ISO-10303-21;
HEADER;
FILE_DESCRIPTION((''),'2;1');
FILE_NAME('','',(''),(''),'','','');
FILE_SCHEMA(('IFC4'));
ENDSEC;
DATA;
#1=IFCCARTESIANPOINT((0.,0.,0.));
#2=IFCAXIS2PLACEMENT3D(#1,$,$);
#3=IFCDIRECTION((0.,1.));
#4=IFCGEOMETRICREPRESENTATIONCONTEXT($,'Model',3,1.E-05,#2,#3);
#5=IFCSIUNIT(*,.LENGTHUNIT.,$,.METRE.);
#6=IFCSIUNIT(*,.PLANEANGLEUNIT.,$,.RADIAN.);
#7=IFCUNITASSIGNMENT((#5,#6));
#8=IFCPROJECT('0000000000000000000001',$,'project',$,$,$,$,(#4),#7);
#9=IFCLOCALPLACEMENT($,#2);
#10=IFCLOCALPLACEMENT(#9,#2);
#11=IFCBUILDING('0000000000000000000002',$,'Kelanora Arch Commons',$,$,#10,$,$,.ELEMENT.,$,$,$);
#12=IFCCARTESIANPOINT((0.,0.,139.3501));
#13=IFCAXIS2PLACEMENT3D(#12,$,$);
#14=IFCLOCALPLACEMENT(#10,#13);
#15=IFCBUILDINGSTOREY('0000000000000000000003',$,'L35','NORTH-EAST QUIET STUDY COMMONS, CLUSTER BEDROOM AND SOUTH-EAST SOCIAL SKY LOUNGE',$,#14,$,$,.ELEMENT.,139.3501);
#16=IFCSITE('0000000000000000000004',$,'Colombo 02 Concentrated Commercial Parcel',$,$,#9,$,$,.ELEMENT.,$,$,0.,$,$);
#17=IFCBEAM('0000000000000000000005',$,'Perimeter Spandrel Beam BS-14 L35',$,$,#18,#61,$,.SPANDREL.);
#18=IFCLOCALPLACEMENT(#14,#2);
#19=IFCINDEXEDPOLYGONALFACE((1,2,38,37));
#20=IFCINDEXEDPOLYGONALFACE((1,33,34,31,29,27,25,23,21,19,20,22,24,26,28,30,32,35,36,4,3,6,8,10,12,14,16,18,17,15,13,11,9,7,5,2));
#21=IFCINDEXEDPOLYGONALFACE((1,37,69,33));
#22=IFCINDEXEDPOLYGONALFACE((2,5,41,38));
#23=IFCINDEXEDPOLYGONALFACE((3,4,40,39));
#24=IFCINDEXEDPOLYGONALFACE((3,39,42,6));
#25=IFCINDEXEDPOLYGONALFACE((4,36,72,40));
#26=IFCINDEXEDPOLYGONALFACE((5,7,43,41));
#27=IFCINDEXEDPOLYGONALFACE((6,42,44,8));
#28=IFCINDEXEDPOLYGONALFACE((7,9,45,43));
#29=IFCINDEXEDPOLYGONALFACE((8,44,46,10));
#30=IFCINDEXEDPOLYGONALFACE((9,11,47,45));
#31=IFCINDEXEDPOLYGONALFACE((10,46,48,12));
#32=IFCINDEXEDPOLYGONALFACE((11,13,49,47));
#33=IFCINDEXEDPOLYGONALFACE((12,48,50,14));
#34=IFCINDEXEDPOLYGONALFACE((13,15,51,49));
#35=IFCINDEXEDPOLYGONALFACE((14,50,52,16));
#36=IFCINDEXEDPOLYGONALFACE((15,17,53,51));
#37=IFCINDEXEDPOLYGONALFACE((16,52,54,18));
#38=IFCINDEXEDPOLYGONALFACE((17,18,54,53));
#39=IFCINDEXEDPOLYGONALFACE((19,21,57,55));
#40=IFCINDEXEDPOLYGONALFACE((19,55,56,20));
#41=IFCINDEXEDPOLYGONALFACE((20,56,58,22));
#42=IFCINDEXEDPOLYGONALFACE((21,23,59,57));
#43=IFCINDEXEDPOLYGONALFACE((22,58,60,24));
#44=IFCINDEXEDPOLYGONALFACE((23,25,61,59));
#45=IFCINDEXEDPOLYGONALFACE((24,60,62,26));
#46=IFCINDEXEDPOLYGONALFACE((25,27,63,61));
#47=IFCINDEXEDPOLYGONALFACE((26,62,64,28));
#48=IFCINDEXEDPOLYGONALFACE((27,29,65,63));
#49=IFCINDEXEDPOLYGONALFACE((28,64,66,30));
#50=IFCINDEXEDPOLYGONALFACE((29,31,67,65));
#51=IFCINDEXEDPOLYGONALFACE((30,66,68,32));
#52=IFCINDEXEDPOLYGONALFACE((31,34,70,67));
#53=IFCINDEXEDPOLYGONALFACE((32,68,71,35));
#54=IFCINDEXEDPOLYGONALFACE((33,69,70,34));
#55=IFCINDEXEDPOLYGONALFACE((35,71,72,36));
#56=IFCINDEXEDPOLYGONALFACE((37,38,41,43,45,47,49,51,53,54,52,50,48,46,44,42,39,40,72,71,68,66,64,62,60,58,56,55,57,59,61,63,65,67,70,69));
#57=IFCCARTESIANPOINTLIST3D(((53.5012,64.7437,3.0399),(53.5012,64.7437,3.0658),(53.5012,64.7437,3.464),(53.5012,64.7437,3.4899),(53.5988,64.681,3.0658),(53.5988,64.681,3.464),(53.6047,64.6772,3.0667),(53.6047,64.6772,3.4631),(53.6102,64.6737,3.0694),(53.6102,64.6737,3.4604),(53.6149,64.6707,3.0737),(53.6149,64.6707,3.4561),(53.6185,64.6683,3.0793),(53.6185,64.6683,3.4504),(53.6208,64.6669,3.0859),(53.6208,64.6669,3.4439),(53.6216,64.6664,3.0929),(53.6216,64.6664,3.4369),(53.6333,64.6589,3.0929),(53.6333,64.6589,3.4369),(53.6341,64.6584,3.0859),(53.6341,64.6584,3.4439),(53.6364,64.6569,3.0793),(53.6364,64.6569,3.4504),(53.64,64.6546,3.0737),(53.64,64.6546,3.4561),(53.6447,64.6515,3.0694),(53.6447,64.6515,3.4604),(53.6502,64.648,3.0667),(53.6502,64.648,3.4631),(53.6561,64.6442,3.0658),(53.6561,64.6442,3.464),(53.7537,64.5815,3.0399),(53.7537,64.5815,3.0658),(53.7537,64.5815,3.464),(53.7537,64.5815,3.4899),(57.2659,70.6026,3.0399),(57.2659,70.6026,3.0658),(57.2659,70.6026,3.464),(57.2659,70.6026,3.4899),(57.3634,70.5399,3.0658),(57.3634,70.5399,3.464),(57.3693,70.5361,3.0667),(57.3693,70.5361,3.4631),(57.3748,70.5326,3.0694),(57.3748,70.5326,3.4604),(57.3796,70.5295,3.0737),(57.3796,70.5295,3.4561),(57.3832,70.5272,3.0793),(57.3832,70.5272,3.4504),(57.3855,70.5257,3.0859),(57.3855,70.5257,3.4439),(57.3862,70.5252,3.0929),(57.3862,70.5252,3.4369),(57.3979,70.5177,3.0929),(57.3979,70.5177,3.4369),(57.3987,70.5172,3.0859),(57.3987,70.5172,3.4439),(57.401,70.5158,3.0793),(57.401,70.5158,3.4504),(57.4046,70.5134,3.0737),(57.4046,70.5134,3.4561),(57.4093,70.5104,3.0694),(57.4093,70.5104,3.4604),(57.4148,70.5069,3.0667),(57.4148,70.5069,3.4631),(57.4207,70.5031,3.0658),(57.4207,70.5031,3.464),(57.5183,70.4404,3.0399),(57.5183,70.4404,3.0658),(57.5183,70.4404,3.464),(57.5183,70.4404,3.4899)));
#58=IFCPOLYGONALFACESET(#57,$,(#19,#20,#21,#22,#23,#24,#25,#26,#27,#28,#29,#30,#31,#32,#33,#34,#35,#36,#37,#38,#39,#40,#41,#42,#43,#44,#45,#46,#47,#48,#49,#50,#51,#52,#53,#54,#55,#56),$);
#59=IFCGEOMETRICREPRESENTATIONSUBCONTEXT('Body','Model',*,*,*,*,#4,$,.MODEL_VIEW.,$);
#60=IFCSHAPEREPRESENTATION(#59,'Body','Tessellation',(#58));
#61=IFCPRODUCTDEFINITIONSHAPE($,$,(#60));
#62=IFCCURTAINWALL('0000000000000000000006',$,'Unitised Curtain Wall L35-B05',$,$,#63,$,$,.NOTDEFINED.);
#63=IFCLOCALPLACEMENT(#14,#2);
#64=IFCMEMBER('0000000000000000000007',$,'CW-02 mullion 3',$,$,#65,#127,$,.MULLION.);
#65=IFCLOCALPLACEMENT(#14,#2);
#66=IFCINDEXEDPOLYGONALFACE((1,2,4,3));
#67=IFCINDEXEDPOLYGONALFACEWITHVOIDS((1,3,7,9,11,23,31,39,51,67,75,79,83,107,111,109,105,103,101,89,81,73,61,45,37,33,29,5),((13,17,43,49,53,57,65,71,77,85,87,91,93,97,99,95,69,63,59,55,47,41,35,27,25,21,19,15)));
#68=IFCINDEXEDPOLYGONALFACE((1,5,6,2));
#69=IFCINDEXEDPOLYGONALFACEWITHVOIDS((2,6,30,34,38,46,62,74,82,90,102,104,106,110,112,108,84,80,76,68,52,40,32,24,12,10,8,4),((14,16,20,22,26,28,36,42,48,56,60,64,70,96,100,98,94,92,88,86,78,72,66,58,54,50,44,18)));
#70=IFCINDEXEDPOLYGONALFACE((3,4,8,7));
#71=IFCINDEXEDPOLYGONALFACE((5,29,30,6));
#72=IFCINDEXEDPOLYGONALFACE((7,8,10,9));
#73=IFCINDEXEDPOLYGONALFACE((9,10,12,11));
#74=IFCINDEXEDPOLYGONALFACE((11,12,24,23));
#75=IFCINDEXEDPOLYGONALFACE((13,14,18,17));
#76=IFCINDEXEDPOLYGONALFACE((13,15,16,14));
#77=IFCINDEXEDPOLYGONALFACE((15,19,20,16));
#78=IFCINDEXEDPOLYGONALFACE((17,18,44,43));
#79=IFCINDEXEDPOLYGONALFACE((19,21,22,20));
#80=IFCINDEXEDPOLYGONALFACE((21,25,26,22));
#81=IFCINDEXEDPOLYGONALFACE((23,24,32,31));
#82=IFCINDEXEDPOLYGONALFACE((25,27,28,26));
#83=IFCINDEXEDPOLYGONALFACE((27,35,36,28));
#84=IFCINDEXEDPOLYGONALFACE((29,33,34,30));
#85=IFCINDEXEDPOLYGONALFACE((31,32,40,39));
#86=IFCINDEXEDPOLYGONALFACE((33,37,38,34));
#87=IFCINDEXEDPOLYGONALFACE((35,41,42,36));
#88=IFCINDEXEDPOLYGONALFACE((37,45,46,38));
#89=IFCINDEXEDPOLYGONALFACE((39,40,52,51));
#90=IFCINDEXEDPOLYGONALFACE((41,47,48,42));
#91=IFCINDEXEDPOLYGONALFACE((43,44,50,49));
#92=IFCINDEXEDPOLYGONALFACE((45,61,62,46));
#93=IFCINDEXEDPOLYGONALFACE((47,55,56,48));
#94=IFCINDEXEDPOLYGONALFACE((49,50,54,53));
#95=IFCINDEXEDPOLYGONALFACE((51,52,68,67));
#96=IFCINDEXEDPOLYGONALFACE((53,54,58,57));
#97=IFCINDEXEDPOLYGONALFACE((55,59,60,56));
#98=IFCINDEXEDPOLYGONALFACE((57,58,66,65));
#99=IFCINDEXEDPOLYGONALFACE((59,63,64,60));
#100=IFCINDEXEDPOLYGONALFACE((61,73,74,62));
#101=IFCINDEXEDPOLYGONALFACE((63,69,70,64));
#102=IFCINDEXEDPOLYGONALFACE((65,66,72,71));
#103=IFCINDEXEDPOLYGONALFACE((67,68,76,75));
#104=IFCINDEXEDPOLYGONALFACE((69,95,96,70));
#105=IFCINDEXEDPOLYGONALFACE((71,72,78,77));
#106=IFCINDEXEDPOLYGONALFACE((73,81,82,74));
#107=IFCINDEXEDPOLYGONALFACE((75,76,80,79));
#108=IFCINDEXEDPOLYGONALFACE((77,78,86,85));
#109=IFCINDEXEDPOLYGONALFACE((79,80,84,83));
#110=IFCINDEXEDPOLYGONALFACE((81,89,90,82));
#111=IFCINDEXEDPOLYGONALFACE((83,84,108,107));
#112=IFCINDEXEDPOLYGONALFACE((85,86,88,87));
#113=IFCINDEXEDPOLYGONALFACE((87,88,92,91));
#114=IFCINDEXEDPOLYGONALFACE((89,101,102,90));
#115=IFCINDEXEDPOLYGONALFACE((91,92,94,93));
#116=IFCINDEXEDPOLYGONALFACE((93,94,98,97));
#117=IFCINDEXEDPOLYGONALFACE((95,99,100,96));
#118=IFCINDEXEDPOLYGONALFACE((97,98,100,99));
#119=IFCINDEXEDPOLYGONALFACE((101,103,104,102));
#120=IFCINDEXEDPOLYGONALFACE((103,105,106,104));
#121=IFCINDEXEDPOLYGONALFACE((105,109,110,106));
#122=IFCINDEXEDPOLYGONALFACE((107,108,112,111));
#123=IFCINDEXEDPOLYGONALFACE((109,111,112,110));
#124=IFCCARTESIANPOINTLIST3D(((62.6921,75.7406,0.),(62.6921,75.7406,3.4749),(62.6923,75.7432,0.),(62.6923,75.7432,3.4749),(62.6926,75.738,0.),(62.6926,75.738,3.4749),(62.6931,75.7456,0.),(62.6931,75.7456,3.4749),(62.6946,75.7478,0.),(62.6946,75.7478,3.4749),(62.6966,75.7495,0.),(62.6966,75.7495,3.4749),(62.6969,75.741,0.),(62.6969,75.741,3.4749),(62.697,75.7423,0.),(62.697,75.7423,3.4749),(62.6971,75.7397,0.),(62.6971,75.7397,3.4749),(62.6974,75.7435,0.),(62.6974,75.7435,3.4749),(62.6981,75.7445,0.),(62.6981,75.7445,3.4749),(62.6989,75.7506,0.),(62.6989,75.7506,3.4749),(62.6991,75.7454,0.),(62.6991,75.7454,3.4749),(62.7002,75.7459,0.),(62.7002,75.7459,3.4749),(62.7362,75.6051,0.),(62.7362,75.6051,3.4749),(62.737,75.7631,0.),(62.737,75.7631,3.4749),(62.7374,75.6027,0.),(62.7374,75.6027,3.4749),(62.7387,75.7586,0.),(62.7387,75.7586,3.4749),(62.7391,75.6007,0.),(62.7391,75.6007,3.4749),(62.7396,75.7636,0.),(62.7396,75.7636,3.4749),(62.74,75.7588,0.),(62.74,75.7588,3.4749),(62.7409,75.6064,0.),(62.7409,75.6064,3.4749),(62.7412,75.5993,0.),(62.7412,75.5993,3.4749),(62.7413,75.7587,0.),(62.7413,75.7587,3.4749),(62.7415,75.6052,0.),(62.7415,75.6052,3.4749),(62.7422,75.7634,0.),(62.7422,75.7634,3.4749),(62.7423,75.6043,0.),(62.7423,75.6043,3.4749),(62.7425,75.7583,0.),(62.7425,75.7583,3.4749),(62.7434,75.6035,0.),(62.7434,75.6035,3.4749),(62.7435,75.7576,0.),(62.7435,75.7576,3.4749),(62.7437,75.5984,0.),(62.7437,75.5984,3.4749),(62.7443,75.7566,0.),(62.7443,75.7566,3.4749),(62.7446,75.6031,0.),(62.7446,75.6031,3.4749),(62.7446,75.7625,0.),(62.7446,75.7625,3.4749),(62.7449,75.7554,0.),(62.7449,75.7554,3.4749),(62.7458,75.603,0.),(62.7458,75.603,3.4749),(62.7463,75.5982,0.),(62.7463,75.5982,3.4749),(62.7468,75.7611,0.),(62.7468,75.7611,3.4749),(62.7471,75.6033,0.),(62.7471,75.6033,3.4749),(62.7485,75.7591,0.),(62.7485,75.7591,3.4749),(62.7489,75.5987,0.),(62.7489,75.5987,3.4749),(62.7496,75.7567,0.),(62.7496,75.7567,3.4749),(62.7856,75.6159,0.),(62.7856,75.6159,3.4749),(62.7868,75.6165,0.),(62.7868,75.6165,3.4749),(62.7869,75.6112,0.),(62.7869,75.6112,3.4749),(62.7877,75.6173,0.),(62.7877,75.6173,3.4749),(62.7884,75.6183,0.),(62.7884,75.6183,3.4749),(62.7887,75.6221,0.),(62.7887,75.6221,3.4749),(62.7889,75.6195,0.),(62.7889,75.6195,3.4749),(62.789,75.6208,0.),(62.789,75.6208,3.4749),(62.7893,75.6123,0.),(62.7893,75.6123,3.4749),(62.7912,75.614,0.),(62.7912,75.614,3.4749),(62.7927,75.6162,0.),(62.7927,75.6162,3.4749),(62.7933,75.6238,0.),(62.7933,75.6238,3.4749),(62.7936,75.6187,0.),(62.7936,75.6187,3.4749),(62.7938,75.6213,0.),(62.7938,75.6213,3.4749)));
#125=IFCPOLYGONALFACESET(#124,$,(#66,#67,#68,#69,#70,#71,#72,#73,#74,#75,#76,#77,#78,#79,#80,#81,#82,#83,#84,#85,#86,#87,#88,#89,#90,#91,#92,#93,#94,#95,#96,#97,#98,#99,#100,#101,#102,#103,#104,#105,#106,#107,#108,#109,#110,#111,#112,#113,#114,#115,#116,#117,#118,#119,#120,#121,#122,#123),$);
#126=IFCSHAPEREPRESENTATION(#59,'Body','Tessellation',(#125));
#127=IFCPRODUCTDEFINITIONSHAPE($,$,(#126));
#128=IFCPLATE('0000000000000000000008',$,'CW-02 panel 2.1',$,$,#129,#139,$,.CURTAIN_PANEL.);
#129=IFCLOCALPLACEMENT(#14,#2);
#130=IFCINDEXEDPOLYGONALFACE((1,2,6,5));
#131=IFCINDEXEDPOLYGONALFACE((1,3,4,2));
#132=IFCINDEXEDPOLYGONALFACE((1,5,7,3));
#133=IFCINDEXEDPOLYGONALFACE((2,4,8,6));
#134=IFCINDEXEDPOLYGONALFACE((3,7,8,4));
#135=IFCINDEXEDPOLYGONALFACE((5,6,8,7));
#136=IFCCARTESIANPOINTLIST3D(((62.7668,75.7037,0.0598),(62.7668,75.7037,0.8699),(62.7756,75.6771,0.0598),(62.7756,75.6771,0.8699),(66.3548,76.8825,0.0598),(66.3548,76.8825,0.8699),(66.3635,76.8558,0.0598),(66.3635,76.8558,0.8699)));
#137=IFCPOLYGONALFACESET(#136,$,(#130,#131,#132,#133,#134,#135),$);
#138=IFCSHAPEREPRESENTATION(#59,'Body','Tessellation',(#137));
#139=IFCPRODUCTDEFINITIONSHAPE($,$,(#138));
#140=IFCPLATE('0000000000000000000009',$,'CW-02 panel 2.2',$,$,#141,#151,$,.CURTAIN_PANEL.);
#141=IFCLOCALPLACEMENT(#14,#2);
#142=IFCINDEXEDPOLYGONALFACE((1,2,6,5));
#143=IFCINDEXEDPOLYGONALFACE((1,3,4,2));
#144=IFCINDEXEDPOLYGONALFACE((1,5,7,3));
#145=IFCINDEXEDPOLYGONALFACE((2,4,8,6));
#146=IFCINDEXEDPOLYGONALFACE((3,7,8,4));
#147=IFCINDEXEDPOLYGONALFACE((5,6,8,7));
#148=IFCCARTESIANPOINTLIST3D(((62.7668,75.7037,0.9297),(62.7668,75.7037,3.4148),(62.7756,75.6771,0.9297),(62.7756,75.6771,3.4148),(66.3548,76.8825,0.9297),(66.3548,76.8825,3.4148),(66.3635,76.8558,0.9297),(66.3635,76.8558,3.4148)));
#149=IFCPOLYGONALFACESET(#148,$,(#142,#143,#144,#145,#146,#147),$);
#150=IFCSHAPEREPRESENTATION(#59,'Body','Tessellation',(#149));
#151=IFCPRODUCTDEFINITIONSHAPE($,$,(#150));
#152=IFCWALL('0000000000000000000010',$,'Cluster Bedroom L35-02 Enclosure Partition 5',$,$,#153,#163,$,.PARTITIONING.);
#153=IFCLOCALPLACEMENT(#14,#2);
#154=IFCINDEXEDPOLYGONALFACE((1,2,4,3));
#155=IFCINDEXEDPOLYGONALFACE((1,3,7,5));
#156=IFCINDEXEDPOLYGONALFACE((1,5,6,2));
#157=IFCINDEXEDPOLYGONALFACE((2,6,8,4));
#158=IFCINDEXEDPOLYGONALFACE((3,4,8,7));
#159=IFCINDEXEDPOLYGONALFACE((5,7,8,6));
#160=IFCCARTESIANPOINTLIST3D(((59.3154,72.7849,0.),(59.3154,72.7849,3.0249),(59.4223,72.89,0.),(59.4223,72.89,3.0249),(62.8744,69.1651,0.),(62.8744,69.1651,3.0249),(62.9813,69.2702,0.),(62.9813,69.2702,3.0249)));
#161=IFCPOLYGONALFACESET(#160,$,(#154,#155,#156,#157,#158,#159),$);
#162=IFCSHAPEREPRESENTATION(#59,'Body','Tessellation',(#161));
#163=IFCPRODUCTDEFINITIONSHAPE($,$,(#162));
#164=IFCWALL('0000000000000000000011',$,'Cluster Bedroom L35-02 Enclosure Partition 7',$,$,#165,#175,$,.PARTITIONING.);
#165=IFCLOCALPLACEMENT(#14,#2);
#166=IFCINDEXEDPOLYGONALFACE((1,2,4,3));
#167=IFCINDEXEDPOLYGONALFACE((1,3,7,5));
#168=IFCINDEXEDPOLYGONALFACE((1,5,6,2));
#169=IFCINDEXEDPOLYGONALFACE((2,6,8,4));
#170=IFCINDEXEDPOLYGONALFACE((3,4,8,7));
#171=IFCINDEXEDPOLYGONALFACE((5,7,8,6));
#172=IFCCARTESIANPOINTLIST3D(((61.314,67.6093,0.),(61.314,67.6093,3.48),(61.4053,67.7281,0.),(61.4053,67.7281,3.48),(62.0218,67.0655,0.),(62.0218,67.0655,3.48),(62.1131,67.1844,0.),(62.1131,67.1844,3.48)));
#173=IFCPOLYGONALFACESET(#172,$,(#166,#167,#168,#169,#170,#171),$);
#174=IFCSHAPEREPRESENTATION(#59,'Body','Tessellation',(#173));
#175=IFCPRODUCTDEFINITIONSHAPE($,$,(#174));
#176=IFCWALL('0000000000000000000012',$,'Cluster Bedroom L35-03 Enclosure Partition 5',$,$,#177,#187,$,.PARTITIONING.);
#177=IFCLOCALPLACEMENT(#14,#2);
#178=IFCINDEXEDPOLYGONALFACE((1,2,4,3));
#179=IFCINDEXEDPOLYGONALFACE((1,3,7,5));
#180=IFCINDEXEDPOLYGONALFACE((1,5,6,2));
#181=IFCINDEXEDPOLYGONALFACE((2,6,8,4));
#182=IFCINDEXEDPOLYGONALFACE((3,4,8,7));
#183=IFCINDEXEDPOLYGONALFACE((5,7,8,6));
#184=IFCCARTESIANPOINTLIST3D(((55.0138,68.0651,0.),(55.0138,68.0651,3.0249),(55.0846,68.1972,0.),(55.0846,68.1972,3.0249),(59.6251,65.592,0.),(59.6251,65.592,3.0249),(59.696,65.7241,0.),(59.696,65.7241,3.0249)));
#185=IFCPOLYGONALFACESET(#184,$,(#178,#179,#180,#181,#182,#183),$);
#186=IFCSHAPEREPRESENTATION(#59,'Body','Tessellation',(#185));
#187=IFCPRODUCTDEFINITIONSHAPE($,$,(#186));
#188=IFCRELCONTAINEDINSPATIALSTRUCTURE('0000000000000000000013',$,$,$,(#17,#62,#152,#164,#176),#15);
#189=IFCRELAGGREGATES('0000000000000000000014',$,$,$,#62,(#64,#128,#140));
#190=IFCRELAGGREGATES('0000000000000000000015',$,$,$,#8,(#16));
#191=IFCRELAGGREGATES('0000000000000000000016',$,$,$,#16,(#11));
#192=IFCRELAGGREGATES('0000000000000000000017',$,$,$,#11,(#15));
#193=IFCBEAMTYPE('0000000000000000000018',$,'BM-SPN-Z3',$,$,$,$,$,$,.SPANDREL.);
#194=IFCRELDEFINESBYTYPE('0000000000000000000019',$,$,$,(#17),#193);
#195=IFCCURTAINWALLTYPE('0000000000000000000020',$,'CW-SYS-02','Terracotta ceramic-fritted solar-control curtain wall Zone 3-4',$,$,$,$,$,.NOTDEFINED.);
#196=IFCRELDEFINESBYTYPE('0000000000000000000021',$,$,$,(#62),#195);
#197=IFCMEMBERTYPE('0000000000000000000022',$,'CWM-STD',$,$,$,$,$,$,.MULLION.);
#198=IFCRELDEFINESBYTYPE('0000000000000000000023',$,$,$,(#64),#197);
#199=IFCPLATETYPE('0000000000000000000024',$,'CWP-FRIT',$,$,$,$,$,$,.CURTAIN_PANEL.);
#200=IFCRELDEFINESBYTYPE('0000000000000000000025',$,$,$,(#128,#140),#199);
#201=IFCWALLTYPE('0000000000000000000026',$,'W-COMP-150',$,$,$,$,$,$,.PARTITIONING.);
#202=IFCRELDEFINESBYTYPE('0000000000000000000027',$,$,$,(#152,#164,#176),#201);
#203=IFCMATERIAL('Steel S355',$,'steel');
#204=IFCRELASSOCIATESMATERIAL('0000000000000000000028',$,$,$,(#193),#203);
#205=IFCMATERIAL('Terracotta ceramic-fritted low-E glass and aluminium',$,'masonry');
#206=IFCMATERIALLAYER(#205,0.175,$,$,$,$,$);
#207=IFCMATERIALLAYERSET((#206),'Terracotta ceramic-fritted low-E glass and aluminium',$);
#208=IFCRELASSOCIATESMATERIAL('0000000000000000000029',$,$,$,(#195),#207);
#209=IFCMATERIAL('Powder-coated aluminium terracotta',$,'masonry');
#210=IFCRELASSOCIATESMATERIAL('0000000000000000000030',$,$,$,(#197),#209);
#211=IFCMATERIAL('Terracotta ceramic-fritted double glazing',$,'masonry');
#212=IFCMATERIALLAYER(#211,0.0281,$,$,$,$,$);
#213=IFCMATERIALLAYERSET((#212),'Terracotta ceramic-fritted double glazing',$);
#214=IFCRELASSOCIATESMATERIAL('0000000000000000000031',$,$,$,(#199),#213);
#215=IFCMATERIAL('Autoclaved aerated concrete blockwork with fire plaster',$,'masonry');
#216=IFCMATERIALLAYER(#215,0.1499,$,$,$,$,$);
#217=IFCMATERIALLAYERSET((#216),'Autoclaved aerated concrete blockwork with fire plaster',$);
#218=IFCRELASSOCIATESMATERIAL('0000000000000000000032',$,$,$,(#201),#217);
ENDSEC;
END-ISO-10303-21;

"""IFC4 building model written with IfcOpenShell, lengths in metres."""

from ifc_helpers import new_model, si_unit, direction, frame, frame_2d, origin, origin_2d, place, context, subcontext, project, spatial, rectangle, hollow_rectangle, i_section, extrude, source, transform, mapped, material, layer, layer_set, material_profile, profile_set, type_object, element, aggregate, save


model = new_model("IFC4")

# Units and contexts
model_context = context("Model", 3, precision=1e-05, world=origin(), true_north=direction((0.0, 1.0)))
body_context = subcontext(model_context, "Body", "Model", "MODEL_VIEW")
ifc_project = project(units=[si_unit("LENGTHUNIT", "METRE"), si_unit("PLANEANGLEUNIT", "RADIAN")], contexts=[model_context])

# Site, building, storey
site_placement = place(None, origin())
site = spatial("IfcSite", under=ifc_project, at=site_placement, Name="Colombo 02 Concentrated Commercial Parcel", CompositionType="ELEMENT", RefElevation=0.0)
building_placement = place(site_placement, origin())
building = spatial("IfcBuilding", under=site, at=building_placement, Name="Kelanora Arch Commons", CompositionType="ELEMENT")
storey_placement = place(building_placement, frame((0.0, 0.0, 139.3501)))
storey = spatial("IfcBuildingStorey", under=building, at=storey_placement, Name="L35", Description="NORTH-EAST QUIET STUDY COMMONS, CLUSTER BEDROOM AND SOUTH-EAST SOCIAL SKY LOUNGE", CompositionType="ELEMENT", Elevation=139.3501)

# Beam
ifc_material_1 = material(Name="Steel S355", Category="steel")
ifc_material_profile_1 = material_profile(ifc_material_1, i_section(OverallWidth=0.3, OverallDepth=0.45, WebThickness=0.0139, FlangeThickness=0.0259, FilletRadius=0.0271, at=origin_2d()), Name="HEB450")
ifc_profile_set_1 = profile_set([ifc_material_profile_1], Name="Steel S355")
beam_type_1 = type_object("IfcBeamType", Name="BM-SPN-Z3", PredefinedType="SPANDREL", material=ifc_profile_set_1)
beam_1_placement = place(storey_placement, frame((57.3921, 70.5215, 3.2649), z_axis=(-0.540577, -0.841295, 0.0), x_axis=(0.841295, -0.540577, 0.0)))
element("IfcBeam", 1, at=beam_1_placement, inside=storey, type_object=beam_type_1, Name="Perimeter Spandrel Beam BS-14 L35", PredefinedType="SPANDREL", context=body_context, shape_type="SweptSolid", body=[
    extrude(i_section(OverallWidth=0.3, OverallDepth=0.45, WebThickness=0.0139, FlangeThickness=0.0259, FilletRadius=0.0271, at=origin_2d()), origin(), (0.0, 0.0, 1.0), 6.9641),
])

# Curtain wall, member, plates
ifc_material_2 = material(Name="Terracotta ceramic-fritted low-E glass and aluminium", Category="masonry")
ifc_layer_1 = layer(ifc_material_2, 0.175)
ifc_layer_set_1 = layer_set([ifc_layer_1], Name="Terracotta ceramic-fritted low-E glass and aluminium")
curtain_wall_type = type_object("IfcCurtainWallType", Name="CW-SYS-02", Description="Terracotta ceramic-fritted solar-control curtain wall Zone 3-4", PredefinedType="NOTDEFINED", material=ifc_layer_set_1)
curtain_wall_placement = place(storey_placement, origin())
curtain_wall = element("IfcCurtainWall", 2, at=curtain_wall_placement, inside=storey, type_object=curtain_wall_type, Name="Unitised Curtain Wall L35-B05", PredefinedType="NOTDEFINED")
ifc_material_3 = material(Name="Powder-coated aluminium terracotta", Category="masonry")
ifc_material_profile_2 = material_profile(ifc_material_3, hollow_rectangle(XDim=0.1599, YDim=0.0601, WallThickness=0.0049, InnerFilletRadius=0.0049, OuterFilletRadius=0.01, at=origin_2d()), Name="CWM160x60")
ifc_profile_set_2 = profile_set([ifc_material_profile_2], Name="Powder-coated aluminium terracotta")
member_type = type_object("IfcMemberType", Name="CWM-STD", PredefinedType="MULLION", material=ifc_profile_set_2)
member_placement = place(storey_placement, frame((62.7429, 75.6809, 0.0), z_axis=(0.0, 0.0, 1.0), x_axis=(0.312128, -0.95004, 0.0)))
member = element("IfcMember", 3, at=member_placement, type_object=member_type, Name="CW-02 mullion 3", PredefinedType="MULLION", context=body_context, shape_type="SweptSolid", body=[
    extrude(hollow_rectangle(XDim=0.1599, YDim=0.0601, WallThickness=0.0049, InnerFilletRadius=0.0049, OuterFilletRadius=0.01, at=origin_2d()), origin(), (0.0, 0.0, 1.0), 3.4749),
])
ifc_material_4 = material(Name="Terracotta ceramic-fritted double glazing", Category="masonry")
ifc_layer_2 = layer(ifc_material_4, 0.0281)
ifc_layer_set_2 = layer_set([ifc_layer_2], Name="Terracotta ceramic-fritted double glazing")
plate_type = type_object("IfcPlateType", Name="CWP-FRIT", PredefinedType="CURTAIN_PANEL", material=ifc_layer_set_2)
shared_shape_1 = source(origin(), body_context, "Body", "SweptSolid", [
    extrude(rectangle(XDim=3.7766, YDim=0.0281, at=origin_2d()), origin(), (0.0, 0.0, 1.0), 0.8101),
])
plate_1_placement = place(storey_placement, frame((64.5652, 76.2798, 0.0598), z_axis=(0.0, 0.0, 1.0), x_axis=(-0.95004, -0.312128, 0.0)))
plate_1 = element("IfcPlate", 4, at=plate_1_placement, type_object=plate_type, Name="CW-02 panel 2.1", PredefinedType="CURTAIN_PANEL", context=body_context, shape_type="MappedRepresentation", body=[
    mapped(shared_shape_1, transform((0.0, 0.0, 0.0), scale=1.0)),
])
shared_shape_2 = source(origin(), body_context, "Body", "SweptSolid", [
    extrude(rectangle(XDim=3.7766, YDim=0.0281, at=origin_2d()), origin(), (0.0, 0.0, 1.0), 2.4851),
])
plate_2_placement = place(storey_placement, frame((64.5652, 76.2798, 0.9297), z_axis=(0.0, 0.0, 1.0), x_axis=(-0.95004, -0.312128, 0.0)))
plate_2 = element("IfcPlate", 5, at=plate_2_placement, type_object=plate_type, Name="CW-02 panel 2.2", PredefinedType="CURTAIN_PANEL", context=body_context, shape_type="MappedRepresentation", body=[
    mapped(shared_shape_2, transform((0.0, 0.0, 0.0), scale=1.0)),
])
aggregate(curtain_wall, [member, plate_1, plate_2])

# Walls
ifc_material_5 = material(Name="Autoclaved aerated concrete blockwork with fire plaster", Category="masonry")
ifc_layer_3 = layer(ifc_material_5, 0.1499)
ifc_layer_set_3 = layer_set([ifc_layer_3], Name="Autoclaved aerated concrete blockwork with fire plaster")
wall_type_1 = type_object("IfcWallType", Name="W-COMP-150", PredefinedType="PARTITIONING", material=ifc_layer_set_3)
wall_1_placement = place(storey_placement, frame((59.3689, 72.8374, 0.0), z_axis=(0.0, 0.0, 1.0), x_axis=(0.701094, -0.713069, 0.0)))
element("IfcWall", 6, at=wall_1_placement, inside=storey, type_object=wall_type_1, Name="Cluster Bedroom L35-02 Enclosure Partition 5", PredefinedType="PARTITIONING", context=body_context, shape_type="SweptSolid", body=[
    extrude(rectangle(XDim=5.0764, YDim=0.1499, at=frame_2d((2.5381, 0.0))), origin(), (0.0, 0.0, 1.0), 3.0249),
])
wall_2_placement = place(storey_placement, frame((61.3596, 67.6687, 0.0), z_axis=(0.0, 0.0, 1.0), x_axis=(0.79302, -0.609195, 0.0)))
element("IfcWall", 7, at=wall_2_placement, inside=storey, type_object=wall_type_1, Name="Cluster Bedroom L35-02 Enclosure Partition 7", PredefinedType="PARTITIONING", context=body_context, shape_type="SweptSolid", body=[
    extrude(rectangle(XDim=0.8926, YDim=0.1499, at=frame_2d((0.4463, 0.0))), origin(), (0.0, 0.0, 1.0), 3.48),
])
wall_3_placement = place(storey_placement, frame((55.0493, 68.1311, 0.0), z_axis=(0.0, 0.0, 1.0), x_axis=(0.881258, -0.472636, 0.0)))
element("IfcWall", 8, at=wall_3_placement, inside=storey, type_object=wall_type_1, Name="Cluster Bedroom L35-03 Enclosure Partition 5", PredefinedType="PARTITIONING", context=body_context, shape_type="SweptSolid", body=[
    extrude(rectangle(XDim=5.2327, YDim=0.1499, at=frame_2d((2.6162, 0.0))), origin(), (0.0, 0.0, 1.0), 3.0249),
])

save(model, "model.ifc")
